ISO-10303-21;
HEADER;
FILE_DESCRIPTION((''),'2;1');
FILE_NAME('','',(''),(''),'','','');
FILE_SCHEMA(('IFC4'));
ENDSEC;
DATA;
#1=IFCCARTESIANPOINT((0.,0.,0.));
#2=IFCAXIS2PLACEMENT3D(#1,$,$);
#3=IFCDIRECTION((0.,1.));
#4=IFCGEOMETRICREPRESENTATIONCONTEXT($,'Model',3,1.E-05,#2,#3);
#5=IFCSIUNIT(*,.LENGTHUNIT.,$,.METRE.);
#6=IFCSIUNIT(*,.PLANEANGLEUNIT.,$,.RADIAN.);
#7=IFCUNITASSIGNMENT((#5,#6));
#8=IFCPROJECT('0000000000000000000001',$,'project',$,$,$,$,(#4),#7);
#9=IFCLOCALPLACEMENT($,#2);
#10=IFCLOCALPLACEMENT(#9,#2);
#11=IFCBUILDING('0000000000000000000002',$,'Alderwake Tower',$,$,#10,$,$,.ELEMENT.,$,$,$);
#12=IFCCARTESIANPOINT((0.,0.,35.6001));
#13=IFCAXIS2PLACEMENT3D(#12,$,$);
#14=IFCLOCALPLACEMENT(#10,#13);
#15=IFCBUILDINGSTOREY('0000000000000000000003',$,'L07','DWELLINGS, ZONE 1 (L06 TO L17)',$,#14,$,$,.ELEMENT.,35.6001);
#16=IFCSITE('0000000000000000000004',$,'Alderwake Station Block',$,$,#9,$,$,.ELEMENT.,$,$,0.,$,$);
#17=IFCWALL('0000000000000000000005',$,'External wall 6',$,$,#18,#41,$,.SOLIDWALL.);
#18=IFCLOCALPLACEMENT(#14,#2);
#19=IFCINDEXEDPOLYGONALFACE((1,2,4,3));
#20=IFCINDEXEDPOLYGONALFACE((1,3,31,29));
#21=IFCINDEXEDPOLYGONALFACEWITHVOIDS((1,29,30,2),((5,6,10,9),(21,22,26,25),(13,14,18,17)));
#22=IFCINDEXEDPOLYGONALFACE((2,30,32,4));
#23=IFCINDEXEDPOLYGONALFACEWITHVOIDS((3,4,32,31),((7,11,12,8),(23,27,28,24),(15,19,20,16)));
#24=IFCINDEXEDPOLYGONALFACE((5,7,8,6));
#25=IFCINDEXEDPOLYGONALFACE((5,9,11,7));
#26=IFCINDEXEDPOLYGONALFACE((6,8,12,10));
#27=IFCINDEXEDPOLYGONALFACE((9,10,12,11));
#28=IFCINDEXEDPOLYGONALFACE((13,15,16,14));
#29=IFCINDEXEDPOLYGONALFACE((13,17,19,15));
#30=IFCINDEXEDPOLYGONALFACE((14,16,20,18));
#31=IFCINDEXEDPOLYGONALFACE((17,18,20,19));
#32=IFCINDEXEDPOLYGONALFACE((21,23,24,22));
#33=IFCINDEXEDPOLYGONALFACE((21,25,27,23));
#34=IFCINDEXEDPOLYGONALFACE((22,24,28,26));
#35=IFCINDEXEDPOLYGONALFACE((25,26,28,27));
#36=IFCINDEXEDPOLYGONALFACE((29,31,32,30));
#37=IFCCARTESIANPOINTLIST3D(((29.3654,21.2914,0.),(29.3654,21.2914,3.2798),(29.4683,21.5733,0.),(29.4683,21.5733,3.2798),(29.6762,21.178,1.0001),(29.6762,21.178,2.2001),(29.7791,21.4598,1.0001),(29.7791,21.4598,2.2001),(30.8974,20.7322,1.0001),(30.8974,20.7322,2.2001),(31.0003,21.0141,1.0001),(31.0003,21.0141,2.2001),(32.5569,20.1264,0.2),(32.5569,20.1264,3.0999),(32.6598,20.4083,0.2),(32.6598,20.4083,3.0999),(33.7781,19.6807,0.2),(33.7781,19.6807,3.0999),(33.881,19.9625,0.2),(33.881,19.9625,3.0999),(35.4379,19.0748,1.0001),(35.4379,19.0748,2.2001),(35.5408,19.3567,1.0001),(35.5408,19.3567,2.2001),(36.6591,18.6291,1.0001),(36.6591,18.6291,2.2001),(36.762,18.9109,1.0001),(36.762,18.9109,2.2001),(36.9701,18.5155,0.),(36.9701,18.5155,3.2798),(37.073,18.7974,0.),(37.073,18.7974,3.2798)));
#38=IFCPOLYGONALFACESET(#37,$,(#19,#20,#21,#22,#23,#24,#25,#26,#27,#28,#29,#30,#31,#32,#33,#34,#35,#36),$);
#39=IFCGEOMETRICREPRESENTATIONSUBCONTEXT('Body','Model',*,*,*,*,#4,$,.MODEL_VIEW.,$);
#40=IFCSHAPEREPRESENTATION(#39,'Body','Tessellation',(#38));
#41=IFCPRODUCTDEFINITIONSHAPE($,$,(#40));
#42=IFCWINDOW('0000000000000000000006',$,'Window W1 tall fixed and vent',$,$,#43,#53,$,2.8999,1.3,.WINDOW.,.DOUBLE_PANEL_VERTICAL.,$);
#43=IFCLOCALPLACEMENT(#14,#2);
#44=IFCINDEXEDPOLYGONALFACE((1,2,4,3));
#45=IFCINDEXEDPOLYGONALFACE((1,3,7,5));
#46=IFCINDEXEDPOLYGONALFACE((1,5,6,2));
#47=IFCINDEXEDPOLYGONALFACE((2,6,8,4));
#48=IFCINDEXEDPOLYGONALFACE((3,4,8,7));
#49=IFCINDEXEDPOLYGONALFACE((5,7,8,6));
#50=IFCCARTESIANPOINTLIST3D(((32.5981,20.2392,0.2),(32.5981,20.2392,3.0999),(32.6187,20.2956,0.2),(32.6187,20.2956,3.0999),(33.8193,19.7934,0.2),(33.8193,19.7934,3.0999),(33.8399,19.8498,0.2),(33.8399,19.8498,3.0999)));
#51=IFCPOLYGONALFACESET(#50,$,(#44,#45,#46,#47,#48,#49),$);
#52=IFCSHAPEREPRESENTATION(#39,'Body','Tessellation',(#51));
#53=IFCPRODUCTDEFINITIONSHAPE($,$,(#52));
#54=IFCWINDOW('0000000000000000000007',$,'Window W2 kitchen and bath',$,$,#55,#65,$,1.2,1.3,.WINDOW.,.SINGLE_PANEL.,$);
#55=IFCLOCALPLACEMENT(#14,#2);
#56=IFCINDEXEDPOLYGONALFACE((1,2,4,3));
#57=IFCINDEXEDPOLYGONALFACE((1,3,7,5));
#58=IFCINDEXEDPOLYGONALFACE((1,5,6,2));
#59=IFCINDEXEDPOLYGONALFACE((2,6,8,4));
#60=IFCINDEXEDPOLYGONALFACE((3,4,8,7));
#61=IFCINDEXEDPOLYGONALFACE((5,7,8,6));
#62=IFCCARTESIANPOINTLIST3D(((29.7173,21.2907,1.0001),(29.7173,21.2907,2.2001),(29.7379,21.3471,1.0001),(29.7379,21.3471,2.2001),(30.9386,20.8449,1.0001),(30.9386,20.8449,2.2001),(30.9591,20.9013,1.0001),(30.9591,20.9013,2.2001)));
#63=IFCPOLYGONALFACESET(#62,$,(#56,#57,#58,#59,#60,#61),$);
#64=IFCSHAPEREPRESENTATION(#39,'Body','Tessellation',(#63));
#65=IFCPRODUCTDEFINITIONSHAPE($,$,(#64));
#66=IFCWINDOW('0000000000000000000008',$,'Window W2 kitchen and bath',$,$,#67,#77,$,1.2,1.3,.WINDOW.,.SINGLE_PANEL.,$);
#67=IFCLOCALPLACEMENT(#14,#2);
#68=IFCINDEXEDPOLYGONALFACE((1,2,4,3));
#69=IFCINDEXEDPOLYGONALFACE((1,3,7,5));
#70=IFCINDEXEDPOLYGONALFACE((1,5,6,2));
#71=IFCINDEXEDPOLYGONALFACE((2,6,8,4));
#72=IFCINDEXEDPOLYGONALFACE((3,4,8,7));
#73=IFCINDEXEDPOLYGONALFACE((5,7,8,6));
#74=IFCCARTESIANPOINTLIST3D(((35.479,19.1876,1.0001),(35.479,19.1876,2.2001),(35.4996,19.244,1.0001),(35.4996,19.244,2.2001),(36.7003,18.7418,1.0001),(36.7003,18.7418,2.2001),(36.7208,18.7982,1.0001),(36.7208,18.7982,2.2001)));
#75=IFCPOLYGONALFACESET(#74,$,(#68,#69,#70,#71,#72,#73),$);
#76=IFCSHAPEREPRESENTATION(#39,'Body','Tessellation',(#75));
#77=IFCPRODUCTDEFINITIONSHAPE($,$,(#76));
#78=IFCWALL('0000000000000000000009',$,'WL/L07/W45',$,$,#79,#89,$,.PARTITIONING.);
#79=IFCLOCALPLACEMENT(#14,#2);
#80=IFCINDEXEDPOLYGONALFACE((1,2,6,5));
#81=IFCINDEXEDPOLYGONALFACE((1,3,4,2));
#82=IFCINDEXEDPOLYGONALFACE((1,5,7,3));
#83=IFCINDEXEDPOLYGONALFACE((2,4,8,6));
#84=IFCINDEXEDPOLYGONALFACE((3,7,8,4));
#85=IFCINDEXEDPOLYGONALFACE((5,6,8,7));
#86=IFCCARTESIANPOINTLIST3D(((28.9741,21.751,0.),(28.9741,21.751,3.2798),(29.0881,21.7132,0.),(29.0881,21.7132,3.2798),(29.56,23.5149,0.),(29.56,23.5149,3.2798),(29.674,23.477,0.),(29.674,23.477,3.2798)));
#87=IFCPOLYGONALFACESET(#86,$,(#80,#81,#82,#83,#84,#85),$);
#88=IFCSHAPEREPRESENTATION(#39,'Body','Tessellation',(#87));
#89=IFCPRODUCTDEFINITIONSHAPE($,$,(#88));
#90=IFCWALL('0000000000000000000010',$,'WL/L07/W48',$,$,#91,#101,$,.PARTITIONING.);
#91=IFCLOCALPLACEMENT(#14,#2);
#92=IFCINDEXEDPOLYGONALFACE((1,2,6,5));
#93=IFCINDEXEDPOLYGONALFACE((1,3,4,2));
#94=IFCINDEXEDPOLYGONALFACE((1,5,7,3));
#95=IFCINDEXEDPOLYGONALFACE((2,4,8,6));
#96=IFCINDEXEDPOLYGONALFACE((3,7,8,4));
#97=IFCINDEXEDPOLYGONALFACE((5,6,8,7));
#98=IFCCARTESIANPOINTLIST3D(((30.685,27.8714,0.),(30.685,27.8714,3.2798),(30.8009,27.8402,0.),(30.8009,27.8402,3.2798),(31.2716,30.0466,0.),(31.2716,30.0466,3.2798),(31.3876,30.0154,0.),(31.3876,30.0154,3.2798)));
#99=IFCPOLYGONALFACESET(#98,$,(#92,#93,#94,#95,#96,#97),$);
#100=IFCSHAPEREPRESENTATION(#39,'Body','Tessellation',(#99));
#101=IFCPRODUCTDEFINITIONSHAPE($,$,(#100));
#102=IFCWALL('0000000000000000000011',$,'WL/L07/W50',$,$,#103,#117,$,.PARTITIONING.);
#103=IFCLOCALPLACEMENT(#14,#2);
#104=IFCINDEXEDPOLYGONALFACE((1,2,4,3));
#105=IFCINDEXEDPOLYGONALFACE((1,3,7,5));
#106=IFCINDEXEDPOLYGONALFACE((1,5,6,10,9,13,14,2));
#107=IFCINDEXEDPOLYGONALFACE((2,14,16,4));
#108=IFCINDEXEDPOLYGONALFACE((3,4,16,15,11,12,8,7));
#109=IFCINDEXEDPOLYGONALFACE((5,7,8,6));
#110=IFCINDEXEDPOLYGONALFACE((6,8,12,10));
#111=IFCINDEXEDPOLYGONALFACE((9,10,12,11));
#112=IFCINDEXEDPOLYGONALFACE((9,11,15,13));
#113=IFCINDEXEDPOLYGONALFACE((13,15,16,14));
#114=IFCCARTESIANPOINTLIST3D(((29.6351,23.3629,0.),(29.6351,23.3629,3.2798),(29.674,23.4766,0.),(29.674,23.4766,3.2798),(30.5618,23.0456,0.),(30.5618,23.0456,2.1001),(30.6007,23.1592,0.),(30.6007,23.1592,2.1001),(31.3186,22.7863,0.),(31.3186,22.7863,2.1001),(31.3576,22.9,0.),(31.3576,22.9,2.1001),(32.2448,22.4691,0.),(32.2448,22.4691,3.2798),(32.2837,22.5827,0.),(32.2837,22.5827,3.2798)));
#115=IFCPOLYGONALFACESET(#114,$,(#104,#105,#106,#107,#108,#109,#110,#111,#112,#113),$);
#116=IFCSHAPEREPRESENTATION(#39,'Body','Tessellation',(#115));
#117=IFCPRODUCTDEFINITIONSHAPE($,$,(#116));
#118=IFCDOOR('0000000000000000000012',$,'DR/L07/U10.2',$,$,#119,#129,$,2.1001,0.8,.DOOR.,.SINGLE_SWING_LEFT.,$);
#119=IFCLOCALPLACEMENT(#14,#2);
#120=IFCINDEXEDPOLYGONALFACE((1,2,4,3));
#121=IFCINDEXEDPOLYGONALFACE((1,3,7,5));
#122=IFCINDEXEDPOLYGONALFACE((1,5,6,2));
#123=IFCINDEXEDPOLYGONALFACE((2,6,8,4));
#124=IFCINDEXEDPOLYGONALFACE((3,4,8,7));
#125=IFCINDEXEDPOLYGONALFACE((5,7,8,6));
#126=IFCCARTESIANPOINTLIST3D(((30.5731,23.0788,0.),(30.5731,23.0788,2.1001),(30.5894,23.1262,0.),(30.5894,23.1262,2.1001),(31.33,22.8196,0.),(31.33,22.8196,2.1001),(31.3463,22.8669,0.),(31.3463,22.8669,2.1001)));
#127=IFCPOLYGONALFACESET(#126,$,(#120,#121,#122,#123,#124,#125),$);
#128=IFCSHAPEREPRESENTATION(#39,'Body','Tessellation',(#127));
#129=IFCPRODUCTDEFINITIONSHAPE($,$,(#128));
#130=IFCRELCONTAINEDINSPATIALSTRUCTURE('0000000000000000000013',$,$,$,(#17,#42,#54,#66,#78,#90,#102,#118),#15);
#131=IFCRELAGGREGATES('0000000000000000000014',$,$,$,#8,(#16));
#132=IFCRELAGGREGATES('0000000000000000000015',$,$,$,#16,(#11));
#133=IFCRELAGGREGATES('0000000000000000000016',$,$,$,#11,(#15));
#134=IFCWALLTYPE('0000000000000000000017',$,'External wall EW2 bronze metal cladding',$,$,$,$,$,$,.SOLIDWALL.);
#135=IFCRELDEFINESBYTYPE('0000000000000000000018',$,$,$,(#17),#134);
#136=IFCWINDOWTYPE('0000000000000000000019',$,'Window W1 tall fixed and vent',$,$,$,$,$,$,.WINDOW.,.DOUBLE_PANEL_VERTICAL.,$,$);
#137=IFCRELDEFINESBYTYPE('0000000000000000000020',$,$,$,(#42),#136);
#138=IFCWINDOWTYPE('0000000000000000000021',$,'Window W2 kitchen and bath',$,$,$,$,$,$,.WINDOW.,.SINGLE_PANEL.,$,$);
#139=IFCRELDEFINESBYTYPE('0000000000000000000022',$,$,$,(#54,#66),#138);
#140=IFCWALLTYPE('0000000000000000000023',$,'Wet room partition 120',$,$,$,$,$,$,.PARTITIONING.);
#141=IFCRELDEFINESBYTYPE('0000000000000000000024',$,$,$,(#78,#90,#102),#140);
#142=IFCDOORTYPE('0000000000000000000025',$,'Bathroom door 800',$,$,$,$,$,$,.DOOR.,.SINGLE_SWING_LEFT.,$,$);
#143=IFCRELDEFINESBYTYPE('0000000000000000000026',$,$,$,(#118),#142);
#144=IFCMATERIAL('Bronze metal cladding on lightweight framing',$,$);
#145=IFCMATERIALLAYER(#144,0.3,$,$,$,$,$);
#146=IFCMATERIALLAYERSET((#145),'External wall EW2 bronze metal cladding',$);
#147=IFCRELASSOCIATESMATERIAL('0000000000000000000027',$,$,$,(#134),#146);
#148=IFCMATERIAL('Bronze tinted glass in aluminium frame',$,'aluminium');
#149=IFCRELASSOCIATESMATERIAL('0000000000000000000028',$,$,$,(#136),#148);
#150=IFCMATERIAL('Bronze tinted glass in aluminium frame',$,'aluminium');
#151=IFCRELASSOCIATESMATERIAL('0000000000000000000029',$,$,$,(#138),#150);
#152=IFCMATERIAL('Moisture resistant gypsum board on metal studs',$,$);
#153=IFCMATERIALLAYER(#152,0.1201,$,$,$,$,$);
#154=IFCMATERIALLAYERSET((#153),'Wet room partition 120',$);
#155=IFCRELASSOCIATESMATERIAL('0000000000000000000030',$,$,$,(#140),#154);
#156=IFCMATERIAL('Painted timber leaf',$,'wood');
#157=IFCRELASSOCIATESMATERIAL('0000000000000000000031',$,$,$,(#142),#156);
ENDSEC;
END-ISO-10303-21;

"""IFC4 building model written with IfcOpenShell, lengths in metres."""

from ifc_helpers import new_model, si_unit, direction, frame, frame_2d, origin, place, context, subcontext, project, spatial, rectangle, extrude, material, layer, layer_set, type_object, element, fill, save


model = new_model("IFC4")

# Units and contexts
model_context = context("Model", 3, precision=1e-05, world=origin(), true_north=direction((0.0, 1.0)))
body_context = subcontext(model_context, "Body", "Model", "MODEL_VIEW")
ifc_project = project(units=[si_unit("LENGTHUNIT", "METRE"), si_unit("PLANEANGLEUNIT", "RADIAN")], contexts=[model_context])

# Site, building, storey
site_placement = place(None, origin())
site = spatial("IfcSite", under=ifc_project, at=site_placement, Name="Alderwake Station Block", CompositionType="ELEMENT", RefElevation=0.0)
building_placement = place(site_placement, origin())
building = spatial("IfcBuilding", under=site, at=building_placement, Name="Alderwake Tower", CompositionType="ELEMENT")
storey_placement = place(building_placement, frame((0.0, 0.0, 35.6001)))
storey = spatial("IfcBuildingStorey", under=building, at=storey_placement, Name="L07", Description="DWELLINGS, ZONE 1 (L06 TO L17)", CompositionType="ELEMENT", Elevation=35.6001)

# Wall, openings, windows
ifc_material_1 = material(Name="Bronze metal cladding on lightweight framing")
ifc_layer_1 = layer(ifc_material_1, 0.3)
ifc_layer_set_1 = layer_set([ifc_layer_1], Name="External wall EW2 bronze metal cladding")
wall_type_1 = type_object("IfcWallType", Name="External wall EW2 bronze metal cladding", PredefinedType="SOLIDWALL", material=ifc_layer_set_1)
ifc_material_2 = material(Name="Bronze tinted glass in aluminium frame", Category="aluminium")
window_type_1 = type_object("IfcWindowType", Name="Window W1 tall fixed and vent", PartitioningType="DOUBLE_PANEL_VERTICAL", PredefinedType="WINDOW", material=ifc_material_2)
wall_1_placement = place(storey_placement, frame((29.4167, 21.4324, 0.0), z_axis=(0.0, 0.0, 1.0), x_axis=(0.939375, -0.342891, 0.0)))
wall_1 = element("IfcWall", 1, at=wall_1_placement, inside=storey, type_object=wall_type_1, Name="External wall 6", PredefinedType="SOLIDWALL", context=body_context, shape_type="SweptSolid", body=[
    extrude(rectangle(XDim=8.0955, YDim=0.3, at=frame_2d((4.0479, 0.0))), origin(), (0.0, 0.0, 1.0), 3.2798),
])
opening_1_placement = place(wall_1_placement, frame((0.3311, 0.0, 1.0)))
opening_1 = element("IfcOpeningElement", 2, at=opening_1_placement, cuts=wall_1, PredefinedType="OPENING", context=body_context, shape_type="SweptSolid", body=[
    extrude(rectangle(XDim=1.3, YDim=1.2, at=frame_2d((0.6499, 0.6001))), frame((0.0, 0.1599, 0.0), z_axis=(0.0, -1.0, 0.0), x_axis=(1.0, 0.0, 0.0)), (0.0, 0.0, 1.0), 0.3201),
])
opening_2_placement = place(wall_1_placement, frame((3.3977, 0.0, 0.2)))
opening_2 = element("IfcOpeningElement", 3, at=opening_2_placement, cuts=wall_1, PredefinedType="OPENING", context=body_context, shape_type="SweptSolid", body=[
    extrude(rectangle(XDim=1.3, YDim=2.8999, at=frame_2d((0.6499, 1.45))), frame((0.0, 0.1599, 0.0), z_axis=(0.0, -1.0, 0.0), x_axis=(1.0, 0.0, 0.0)), (0.0, 0.0, 1.0), 0.3201),
])
opening_3_placement = place(wall_1_placement, frame((6.4646, 0.0, 1.0)))
opening_3 = element("IfcOpeningElement", 4, at=opening_3_placement, cuts=wall_1, PredefinedType="OPENING", context=body_context, shape_type="SweptSolid", body=[
    extrude(rectangle(XDim=1.3, YDim=1.2, at=frame_2d((0.6499, 0.6001))), frame((0.0, 0.1599, 0.0), z_axis=(0.0, -1.0, 0.0), x_axis=(1.0, 0.0, 0.0)), (0.0, 0.0, 1.0), 0.3201),
])
window_1_placement = place(opening_2_placement, origin())
window_1 = element("IfcWindow", 5, at=window_1_placement, inside=storey, type_object=window_type_1, Name="Window W1 tall fixed and vent", OverallHeight=2.8999, OverallWidth=1.3, PartitioningType="DOUBLE_PANEL_VERTICAL", PredefinedType="WINDOW", context=body_context, shape_type="SweptSolid", body=[
    extrude(rectangle(XDim=1.3, YDim=2.8999, at=frame_2d((0.6499, 1.45))), frame((0.0, 0.03, 0.0), z_axis=(0.0, -1.0, 0.0), x_axis=(1.0, 0.0, 0.0)), (0.0, 0.0, 1.0), 0.0601),
])
fill(opening_2, window_1)
ifc_material_3 = material(Name="Bronze tinted glass in aluminium frame", Category="aluminium")
window_type_2 = type_object("IfcWindowType", Name="Window W2 kitchen and bath", PartitioningType="SINGLE_PANEL", PredefinedType="WINDOW", material=ifc_material_3)
window_2_placement = place(opening_1_placement, origin())
window_2 = element("IfcWindow", 6, at=window_2_placement, inside=storey, type_object=window_type_2, Name="Window W2 kitchen and bath", OverallHeight=1.2, OverallWidth=1.3, PartitioningType="SINGLE_PANEL", PredefinedType="WINDOW", context=body_context, shape_type="SweptSolid", body=[
    extrude(rectangle(XDim=1.3, YDim=1.2, at=frame_2d((0.6499, 0.6001))), frame((0.0, 0.03, 0.0), z_axis=(0.0, -1.0, 0.0), x_axis=(1.0, 0.0, 0.0)), (0.0, 0.0, 1.0), 0.0601),
])
fill(opening_1, window_2)
window_3_placement = place(opening_3_placement, origin())
window_3 = element("IfcWindow", 7, at=window_3_placement, inside=storey, type_object=window_type_2, Name="Window W2 kitchen and bath", OverallHeight=1.2, OverallWidth=1.3, PartitioningType="SINGLE_PANEL", PredefinedType="WINDOW", context=body_context, shape_type="SweptSolid", body=[
    extrude(rectangle(XDim=1.3, YDim=1.2, at=frame_2d((0.6499, 0.6001))), frame((0.0, 0.03, 0.0), z_axis=(0.0, -1.0, 0.0), x_axis=(1.0, 0.0, 0.0)), (0.0, 0.0, 1.0), 0.0601),
])
fill(opening_3, window_3)

# Walls
ifc_material_4 = material(Name="Moisture resistant gypsum board on metal studs")
ifc_layer_2 = layer(ifc_material_4, 0.1201)
ifc_layer_set_2 = layer_set([ifc_layer_2], Name="Wet room partition 120")
wall_type_2 = type_object("IfcWallType", Name="Wet room partition 120", PredefinedType="PARTITIONING", material=ifc_layer_set_2)
wall_2_placement = place(storey_placement, frame((29.6169, 23.4958, 0.0), z_axis=(0.0, 0.0, 1.0), x_axis=(-0.315242, -0.949011, 0.0)))
element("IfcWall", 8, at=wall_2_placement, inside=storey, type_object=wall_type_2, Name="WL/L07/W45", PredefinedType="PARTITIONING", context=body_context, shape_type="SweptSolid", body=[
    extrude(rectangle(XDim=1.8586, YDim=0.1201, at=frame_2d((0.9292, 0.0))), origin(), (0.0, 0.0, 1.0), 3.2798),
])
wall_3_placement = place(storey_placement, frame((31.3296, 30.031, 0.0), z_axis=(0.0, 0.0, 1.0), x_axis=(-0.260393, -0.965503, 0.0)))
element("IfcWall", 9, at=wall_3_placement, inside=storey, type_object=wall_type_2, Name="WL/L07/W48", PredefinedType="PARTITIONING", context=body_context, shape_type="SweptSolid", body=[
    extrude(rectangle(XDim=2.2529, YDim=0.1201, at=frame_2d((1.1265, 0.0))), origin(), (0.0, 0.0, 1.0), 3.2798),
])

# Wall, opening, door
wall_4_placement = place(storey_placement, frame((32.2644, 22.5259, 0.0), z_axis=(0.0, 0.0, 1.0), x_axis=(-0.946049, 0.324023, 0.0)))
wall_4 = element("IfcWall", 10, at=wall_4_placement, inside=storey, type_object=wall_type_2, Name="WL/L07/W50", PredefinedType="PARTITIONING", context=body_context, shape_type="SweptSolid", body=[
    extrude(rectangle(XDim=2.7585, YDim=0.1201, at=frame_2d((1.3794, 0.0))), origin(), (0.0, 0.0, 1.0), 3.2798),
])
opening_4_placement = place(wall_4_placement, frame((0.9792, 0.0, 0.0)))
opening_4 = element("IfcOpeningElement", 11, at=opening_4_placement, cuts=wall_4, PredefinedType="OPENING", context=body_context, shape_type="SweptSolid", body=[
    extrude(rectangle(XDim=0.8, YDim=2.1001, at=frame_2d((0.3999, 1.05))), frame((0.0, 0.0701, 0.0), z_axis=(0.0, -1.0, 0.0), x_axis=(1.0, 0.0, 0.0)), (0.0, 0.0, 1.0), 0.1401),
])
ifc_material_5 = material(Name="Painted timber leaf", Category="wood")
door_type_1 = type_object("IfcDoorType", Name="Bathroom door 800", OperationType="SINGLE_SWING_LEFT", PredefinedType="DOOR", material=ifc_material_5)
door_1_placement = place(opening_4_placement, origin())
door_1 = element("IfcDoor", 12, at=door_1_placement, inside=storey, type_object=door_type_1, Name="DR/L07/U10.2", OperationType="SINGLE_SWING_LEFT", OverallHeight=2.1001, OverallWidth=0.8, PredefinedType="DOOR", context=body_context, shape_type="SweptSolid", body=[
    extrude(rectangle(XDim=0.8, YDim=2.1001, at=frame_2d((0.3999, 1.05))), frame((0.0, 0.0249, 0.0), z_axis=(0.0, -1.0, 0.0), x_axis=(1.0, 0.0, 0.0)), (0.0, 0.0, 1.0), 0.05),
])
fill(opening_4, door_1)

save(model, "model.ifc")
